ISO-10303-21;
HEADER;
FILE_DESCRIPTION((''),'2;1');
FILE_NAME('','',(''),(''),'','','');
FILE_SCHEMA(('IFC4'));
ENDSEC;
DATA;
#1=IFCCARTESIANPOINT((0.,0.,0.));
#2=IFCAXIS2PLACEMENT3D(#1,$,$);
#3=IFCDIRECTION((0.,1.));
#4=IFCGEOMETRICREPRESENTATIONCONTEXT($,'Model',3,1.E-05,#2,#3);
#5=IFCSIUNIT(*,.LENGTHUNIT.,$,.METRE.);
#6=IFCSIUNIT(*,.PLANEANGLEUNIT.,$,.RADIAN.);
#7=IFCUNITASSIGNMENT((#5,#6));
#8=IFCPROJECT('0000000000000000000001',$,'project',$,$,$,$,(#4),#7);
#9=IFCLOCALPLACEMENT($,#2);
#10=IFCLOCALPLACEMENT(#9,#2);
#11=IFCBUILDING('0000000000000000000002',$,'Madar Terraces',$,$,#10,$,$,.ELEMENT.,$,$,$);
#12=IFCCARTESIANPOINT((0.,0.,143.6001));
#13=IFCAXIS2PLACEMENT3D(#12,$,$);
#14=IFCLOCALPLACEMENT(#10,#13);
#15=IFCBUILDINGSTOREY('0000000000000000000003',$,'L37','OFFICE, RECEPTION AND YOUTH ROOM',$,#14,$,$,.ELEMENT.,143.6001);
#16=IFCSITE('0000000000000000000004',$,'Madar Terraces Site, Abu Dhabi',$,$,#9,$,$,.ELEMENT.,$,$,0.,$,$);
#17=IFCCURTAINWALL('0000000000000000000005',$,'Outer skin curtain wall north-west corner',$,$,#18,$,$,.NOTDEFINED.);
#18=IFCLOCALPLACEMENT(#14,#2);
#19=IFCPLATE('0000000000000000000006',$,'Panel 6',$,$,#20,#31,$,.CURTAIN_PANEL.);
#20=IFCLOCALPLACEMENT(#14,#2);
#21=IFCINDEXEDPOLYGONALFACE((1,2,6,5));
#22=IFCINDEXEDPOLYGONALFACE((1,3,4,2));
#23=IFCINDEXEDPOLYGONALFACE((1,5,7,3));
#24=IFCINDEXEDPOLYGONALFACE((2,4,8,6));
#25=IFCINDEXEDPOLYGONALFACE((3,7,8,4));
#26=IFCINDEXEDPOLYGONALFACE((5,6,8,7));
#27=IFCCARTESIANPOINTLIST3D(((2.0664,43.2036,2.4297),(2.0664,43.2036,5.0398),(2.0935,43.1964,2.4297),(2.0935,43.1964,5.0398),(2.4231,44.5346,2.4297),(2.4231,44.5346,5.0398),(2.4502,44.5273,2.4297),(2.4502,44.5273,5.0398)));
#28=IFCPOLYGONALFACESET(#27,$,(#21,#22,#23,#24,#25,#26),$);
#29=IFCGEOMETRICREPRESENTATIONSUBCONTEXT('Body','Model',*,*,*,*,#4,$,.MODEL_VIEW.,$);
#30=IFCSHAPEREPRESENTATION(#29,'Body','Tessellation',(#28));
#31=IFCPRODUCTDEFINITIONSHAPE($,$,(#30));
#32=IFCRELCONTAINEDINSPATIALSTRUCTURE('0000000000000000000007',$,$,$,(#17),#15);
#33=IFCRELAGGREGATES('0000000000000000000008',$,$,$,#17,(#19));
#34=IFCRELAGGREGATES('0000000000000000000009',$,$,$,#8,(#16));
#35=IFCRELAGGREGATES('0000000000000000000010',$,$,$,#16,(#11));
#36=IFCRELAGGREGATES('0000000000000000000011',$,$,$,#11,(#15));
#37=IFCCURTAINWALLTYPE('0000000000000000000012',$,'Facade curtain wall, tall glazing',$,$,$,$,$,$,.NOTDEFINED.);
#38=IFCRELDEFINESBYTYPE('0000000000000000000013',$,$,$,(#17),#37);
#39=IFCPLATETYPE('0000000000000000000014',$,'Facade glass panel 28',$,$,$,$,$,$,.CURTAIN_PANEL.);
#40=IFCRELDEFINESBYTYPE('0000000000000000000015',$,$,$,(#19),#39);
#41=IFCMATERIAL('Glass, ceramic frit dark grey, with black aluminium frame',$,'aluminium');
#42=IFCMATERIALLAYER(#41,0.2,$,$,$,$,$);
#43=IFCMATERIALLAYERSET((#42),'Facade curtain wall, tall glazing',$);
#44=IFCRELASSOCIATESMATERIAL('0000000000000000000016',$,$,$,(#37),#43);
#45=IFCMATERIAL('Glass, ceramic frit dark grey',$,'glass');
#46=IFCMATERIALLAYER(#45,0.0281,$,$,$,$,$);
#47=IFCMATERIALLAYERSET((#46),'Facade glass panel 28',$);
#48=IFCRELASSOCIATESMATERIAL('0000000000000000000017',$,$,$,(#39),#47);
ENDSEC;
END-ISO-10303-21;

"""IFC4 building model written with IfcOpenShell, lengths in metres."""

from ifc_helpers import new_model, si_unit, direction, frame, origin, origin_2d, place, context, subcontext, project, spatial, rectangle, extrude, material, layer, layer_set, type_object, element, aggregate, save


model = new_model("IFC4")

# Units and contexts
model_context = context("Model", 3, precision=1e-05, world=origin(), true_north=direction((0.0, 1.0)))
body_context = subcontext(model_context, "Body", "Model", "MODEL_VIEW")
ifc_project = project(units=[si_unit("LENGTHUNIT", "METRE"), si_unit("PLANEANGLEUNIT", "RADIAN")], contexts=[model_context])

# Site, building, storey
site_placement = place(None, origin())
site = spatial("IfcSite", under=ifc_project, at=site_placement, Name="Madar Terraces Site, Abu Dhabi", CompositionType="ELEMENT", RefElevation=0.0)
building_placement = place(site_placement, origin())
building = spatial("IfcBuilding", under=site, at=building_placement, Name="Madar Terraces", CompositionType="ELEMENT")
storey_placement = place(building_placement, frame((0.0, 0.0, 143.6001)))
storey = spatial("IfcBuildingStorey", under=building, at=storey_placement, Name="L37", Description="OFFICE, RECEPTION AND YOUTH ROOM", CompositionType="ELEMENT", Elevation=143.6001)

# Curtain wall
ifc_material_1 = material(Name="Glass, ceramic frit dark grey, with black aluminium frame", Category="aluminium")
ifc_layer_1 = layer(ifc_material_1, 0.2)
ifc_layer_set_1 = layer_set([ifc_layer_1], Name="Facade curtain wall, tall glazing")
curtain_wall_type = type_object("IfcCurtainWallType", Name="Facade curtain wall, tall glazing", PredefinedType="NOTDEFINED", material=ifc_layer_set_1)
curtain_wall_1_placement = place(storey_placement, origin())
curtain_wall_1 = element("IfcCurtainWall", 1, at=curtain_wall_1_placement, inside=storey, type_object=curtain_wall_type, Name="Outer skin curtain wall north-west corner", PredefinedType="NOTDEFINED")

# Plate
ifc_material_2 = material(Name="Glass, ceramic frit dark grey", Category="glass")
ifc_layer_2 = layer(ifc_material_2, 0.0281)
ifc_layer_set_2 = layer_set([ifc_layer_2], Name="Facade glass panel 28")
plate_type = type_object("IfcPlateType", Name="Facade glass panel 28", PredefinedType="CURTAIN_PANEL", material=ifc_layer_set_2)
plate_1_placement = place(storey_placement, frame((2.2583, 43.8655, 2.4297), z_axis=(0.0, 0.0, 1.0), x_axis=(-0.258819, -0.965926, 0.0)))
plate_1 = element("IfcPlate", 2, at=plate_1_placement, type_object=plate_type, Name="Panel 6", PredefinedType="CURTAIN_PANEL", context=body_context, shape_type="SweptSolid", body=[
    extrude(rectangle(XDim=1.3779, YDim=0.0281, at=origin_2d()), origin(), (0.0, 0.0, 1.0), 2.6101),
])
aggregate(curtain_wall_1, [plate_1])

save(model, "model.ifc")
